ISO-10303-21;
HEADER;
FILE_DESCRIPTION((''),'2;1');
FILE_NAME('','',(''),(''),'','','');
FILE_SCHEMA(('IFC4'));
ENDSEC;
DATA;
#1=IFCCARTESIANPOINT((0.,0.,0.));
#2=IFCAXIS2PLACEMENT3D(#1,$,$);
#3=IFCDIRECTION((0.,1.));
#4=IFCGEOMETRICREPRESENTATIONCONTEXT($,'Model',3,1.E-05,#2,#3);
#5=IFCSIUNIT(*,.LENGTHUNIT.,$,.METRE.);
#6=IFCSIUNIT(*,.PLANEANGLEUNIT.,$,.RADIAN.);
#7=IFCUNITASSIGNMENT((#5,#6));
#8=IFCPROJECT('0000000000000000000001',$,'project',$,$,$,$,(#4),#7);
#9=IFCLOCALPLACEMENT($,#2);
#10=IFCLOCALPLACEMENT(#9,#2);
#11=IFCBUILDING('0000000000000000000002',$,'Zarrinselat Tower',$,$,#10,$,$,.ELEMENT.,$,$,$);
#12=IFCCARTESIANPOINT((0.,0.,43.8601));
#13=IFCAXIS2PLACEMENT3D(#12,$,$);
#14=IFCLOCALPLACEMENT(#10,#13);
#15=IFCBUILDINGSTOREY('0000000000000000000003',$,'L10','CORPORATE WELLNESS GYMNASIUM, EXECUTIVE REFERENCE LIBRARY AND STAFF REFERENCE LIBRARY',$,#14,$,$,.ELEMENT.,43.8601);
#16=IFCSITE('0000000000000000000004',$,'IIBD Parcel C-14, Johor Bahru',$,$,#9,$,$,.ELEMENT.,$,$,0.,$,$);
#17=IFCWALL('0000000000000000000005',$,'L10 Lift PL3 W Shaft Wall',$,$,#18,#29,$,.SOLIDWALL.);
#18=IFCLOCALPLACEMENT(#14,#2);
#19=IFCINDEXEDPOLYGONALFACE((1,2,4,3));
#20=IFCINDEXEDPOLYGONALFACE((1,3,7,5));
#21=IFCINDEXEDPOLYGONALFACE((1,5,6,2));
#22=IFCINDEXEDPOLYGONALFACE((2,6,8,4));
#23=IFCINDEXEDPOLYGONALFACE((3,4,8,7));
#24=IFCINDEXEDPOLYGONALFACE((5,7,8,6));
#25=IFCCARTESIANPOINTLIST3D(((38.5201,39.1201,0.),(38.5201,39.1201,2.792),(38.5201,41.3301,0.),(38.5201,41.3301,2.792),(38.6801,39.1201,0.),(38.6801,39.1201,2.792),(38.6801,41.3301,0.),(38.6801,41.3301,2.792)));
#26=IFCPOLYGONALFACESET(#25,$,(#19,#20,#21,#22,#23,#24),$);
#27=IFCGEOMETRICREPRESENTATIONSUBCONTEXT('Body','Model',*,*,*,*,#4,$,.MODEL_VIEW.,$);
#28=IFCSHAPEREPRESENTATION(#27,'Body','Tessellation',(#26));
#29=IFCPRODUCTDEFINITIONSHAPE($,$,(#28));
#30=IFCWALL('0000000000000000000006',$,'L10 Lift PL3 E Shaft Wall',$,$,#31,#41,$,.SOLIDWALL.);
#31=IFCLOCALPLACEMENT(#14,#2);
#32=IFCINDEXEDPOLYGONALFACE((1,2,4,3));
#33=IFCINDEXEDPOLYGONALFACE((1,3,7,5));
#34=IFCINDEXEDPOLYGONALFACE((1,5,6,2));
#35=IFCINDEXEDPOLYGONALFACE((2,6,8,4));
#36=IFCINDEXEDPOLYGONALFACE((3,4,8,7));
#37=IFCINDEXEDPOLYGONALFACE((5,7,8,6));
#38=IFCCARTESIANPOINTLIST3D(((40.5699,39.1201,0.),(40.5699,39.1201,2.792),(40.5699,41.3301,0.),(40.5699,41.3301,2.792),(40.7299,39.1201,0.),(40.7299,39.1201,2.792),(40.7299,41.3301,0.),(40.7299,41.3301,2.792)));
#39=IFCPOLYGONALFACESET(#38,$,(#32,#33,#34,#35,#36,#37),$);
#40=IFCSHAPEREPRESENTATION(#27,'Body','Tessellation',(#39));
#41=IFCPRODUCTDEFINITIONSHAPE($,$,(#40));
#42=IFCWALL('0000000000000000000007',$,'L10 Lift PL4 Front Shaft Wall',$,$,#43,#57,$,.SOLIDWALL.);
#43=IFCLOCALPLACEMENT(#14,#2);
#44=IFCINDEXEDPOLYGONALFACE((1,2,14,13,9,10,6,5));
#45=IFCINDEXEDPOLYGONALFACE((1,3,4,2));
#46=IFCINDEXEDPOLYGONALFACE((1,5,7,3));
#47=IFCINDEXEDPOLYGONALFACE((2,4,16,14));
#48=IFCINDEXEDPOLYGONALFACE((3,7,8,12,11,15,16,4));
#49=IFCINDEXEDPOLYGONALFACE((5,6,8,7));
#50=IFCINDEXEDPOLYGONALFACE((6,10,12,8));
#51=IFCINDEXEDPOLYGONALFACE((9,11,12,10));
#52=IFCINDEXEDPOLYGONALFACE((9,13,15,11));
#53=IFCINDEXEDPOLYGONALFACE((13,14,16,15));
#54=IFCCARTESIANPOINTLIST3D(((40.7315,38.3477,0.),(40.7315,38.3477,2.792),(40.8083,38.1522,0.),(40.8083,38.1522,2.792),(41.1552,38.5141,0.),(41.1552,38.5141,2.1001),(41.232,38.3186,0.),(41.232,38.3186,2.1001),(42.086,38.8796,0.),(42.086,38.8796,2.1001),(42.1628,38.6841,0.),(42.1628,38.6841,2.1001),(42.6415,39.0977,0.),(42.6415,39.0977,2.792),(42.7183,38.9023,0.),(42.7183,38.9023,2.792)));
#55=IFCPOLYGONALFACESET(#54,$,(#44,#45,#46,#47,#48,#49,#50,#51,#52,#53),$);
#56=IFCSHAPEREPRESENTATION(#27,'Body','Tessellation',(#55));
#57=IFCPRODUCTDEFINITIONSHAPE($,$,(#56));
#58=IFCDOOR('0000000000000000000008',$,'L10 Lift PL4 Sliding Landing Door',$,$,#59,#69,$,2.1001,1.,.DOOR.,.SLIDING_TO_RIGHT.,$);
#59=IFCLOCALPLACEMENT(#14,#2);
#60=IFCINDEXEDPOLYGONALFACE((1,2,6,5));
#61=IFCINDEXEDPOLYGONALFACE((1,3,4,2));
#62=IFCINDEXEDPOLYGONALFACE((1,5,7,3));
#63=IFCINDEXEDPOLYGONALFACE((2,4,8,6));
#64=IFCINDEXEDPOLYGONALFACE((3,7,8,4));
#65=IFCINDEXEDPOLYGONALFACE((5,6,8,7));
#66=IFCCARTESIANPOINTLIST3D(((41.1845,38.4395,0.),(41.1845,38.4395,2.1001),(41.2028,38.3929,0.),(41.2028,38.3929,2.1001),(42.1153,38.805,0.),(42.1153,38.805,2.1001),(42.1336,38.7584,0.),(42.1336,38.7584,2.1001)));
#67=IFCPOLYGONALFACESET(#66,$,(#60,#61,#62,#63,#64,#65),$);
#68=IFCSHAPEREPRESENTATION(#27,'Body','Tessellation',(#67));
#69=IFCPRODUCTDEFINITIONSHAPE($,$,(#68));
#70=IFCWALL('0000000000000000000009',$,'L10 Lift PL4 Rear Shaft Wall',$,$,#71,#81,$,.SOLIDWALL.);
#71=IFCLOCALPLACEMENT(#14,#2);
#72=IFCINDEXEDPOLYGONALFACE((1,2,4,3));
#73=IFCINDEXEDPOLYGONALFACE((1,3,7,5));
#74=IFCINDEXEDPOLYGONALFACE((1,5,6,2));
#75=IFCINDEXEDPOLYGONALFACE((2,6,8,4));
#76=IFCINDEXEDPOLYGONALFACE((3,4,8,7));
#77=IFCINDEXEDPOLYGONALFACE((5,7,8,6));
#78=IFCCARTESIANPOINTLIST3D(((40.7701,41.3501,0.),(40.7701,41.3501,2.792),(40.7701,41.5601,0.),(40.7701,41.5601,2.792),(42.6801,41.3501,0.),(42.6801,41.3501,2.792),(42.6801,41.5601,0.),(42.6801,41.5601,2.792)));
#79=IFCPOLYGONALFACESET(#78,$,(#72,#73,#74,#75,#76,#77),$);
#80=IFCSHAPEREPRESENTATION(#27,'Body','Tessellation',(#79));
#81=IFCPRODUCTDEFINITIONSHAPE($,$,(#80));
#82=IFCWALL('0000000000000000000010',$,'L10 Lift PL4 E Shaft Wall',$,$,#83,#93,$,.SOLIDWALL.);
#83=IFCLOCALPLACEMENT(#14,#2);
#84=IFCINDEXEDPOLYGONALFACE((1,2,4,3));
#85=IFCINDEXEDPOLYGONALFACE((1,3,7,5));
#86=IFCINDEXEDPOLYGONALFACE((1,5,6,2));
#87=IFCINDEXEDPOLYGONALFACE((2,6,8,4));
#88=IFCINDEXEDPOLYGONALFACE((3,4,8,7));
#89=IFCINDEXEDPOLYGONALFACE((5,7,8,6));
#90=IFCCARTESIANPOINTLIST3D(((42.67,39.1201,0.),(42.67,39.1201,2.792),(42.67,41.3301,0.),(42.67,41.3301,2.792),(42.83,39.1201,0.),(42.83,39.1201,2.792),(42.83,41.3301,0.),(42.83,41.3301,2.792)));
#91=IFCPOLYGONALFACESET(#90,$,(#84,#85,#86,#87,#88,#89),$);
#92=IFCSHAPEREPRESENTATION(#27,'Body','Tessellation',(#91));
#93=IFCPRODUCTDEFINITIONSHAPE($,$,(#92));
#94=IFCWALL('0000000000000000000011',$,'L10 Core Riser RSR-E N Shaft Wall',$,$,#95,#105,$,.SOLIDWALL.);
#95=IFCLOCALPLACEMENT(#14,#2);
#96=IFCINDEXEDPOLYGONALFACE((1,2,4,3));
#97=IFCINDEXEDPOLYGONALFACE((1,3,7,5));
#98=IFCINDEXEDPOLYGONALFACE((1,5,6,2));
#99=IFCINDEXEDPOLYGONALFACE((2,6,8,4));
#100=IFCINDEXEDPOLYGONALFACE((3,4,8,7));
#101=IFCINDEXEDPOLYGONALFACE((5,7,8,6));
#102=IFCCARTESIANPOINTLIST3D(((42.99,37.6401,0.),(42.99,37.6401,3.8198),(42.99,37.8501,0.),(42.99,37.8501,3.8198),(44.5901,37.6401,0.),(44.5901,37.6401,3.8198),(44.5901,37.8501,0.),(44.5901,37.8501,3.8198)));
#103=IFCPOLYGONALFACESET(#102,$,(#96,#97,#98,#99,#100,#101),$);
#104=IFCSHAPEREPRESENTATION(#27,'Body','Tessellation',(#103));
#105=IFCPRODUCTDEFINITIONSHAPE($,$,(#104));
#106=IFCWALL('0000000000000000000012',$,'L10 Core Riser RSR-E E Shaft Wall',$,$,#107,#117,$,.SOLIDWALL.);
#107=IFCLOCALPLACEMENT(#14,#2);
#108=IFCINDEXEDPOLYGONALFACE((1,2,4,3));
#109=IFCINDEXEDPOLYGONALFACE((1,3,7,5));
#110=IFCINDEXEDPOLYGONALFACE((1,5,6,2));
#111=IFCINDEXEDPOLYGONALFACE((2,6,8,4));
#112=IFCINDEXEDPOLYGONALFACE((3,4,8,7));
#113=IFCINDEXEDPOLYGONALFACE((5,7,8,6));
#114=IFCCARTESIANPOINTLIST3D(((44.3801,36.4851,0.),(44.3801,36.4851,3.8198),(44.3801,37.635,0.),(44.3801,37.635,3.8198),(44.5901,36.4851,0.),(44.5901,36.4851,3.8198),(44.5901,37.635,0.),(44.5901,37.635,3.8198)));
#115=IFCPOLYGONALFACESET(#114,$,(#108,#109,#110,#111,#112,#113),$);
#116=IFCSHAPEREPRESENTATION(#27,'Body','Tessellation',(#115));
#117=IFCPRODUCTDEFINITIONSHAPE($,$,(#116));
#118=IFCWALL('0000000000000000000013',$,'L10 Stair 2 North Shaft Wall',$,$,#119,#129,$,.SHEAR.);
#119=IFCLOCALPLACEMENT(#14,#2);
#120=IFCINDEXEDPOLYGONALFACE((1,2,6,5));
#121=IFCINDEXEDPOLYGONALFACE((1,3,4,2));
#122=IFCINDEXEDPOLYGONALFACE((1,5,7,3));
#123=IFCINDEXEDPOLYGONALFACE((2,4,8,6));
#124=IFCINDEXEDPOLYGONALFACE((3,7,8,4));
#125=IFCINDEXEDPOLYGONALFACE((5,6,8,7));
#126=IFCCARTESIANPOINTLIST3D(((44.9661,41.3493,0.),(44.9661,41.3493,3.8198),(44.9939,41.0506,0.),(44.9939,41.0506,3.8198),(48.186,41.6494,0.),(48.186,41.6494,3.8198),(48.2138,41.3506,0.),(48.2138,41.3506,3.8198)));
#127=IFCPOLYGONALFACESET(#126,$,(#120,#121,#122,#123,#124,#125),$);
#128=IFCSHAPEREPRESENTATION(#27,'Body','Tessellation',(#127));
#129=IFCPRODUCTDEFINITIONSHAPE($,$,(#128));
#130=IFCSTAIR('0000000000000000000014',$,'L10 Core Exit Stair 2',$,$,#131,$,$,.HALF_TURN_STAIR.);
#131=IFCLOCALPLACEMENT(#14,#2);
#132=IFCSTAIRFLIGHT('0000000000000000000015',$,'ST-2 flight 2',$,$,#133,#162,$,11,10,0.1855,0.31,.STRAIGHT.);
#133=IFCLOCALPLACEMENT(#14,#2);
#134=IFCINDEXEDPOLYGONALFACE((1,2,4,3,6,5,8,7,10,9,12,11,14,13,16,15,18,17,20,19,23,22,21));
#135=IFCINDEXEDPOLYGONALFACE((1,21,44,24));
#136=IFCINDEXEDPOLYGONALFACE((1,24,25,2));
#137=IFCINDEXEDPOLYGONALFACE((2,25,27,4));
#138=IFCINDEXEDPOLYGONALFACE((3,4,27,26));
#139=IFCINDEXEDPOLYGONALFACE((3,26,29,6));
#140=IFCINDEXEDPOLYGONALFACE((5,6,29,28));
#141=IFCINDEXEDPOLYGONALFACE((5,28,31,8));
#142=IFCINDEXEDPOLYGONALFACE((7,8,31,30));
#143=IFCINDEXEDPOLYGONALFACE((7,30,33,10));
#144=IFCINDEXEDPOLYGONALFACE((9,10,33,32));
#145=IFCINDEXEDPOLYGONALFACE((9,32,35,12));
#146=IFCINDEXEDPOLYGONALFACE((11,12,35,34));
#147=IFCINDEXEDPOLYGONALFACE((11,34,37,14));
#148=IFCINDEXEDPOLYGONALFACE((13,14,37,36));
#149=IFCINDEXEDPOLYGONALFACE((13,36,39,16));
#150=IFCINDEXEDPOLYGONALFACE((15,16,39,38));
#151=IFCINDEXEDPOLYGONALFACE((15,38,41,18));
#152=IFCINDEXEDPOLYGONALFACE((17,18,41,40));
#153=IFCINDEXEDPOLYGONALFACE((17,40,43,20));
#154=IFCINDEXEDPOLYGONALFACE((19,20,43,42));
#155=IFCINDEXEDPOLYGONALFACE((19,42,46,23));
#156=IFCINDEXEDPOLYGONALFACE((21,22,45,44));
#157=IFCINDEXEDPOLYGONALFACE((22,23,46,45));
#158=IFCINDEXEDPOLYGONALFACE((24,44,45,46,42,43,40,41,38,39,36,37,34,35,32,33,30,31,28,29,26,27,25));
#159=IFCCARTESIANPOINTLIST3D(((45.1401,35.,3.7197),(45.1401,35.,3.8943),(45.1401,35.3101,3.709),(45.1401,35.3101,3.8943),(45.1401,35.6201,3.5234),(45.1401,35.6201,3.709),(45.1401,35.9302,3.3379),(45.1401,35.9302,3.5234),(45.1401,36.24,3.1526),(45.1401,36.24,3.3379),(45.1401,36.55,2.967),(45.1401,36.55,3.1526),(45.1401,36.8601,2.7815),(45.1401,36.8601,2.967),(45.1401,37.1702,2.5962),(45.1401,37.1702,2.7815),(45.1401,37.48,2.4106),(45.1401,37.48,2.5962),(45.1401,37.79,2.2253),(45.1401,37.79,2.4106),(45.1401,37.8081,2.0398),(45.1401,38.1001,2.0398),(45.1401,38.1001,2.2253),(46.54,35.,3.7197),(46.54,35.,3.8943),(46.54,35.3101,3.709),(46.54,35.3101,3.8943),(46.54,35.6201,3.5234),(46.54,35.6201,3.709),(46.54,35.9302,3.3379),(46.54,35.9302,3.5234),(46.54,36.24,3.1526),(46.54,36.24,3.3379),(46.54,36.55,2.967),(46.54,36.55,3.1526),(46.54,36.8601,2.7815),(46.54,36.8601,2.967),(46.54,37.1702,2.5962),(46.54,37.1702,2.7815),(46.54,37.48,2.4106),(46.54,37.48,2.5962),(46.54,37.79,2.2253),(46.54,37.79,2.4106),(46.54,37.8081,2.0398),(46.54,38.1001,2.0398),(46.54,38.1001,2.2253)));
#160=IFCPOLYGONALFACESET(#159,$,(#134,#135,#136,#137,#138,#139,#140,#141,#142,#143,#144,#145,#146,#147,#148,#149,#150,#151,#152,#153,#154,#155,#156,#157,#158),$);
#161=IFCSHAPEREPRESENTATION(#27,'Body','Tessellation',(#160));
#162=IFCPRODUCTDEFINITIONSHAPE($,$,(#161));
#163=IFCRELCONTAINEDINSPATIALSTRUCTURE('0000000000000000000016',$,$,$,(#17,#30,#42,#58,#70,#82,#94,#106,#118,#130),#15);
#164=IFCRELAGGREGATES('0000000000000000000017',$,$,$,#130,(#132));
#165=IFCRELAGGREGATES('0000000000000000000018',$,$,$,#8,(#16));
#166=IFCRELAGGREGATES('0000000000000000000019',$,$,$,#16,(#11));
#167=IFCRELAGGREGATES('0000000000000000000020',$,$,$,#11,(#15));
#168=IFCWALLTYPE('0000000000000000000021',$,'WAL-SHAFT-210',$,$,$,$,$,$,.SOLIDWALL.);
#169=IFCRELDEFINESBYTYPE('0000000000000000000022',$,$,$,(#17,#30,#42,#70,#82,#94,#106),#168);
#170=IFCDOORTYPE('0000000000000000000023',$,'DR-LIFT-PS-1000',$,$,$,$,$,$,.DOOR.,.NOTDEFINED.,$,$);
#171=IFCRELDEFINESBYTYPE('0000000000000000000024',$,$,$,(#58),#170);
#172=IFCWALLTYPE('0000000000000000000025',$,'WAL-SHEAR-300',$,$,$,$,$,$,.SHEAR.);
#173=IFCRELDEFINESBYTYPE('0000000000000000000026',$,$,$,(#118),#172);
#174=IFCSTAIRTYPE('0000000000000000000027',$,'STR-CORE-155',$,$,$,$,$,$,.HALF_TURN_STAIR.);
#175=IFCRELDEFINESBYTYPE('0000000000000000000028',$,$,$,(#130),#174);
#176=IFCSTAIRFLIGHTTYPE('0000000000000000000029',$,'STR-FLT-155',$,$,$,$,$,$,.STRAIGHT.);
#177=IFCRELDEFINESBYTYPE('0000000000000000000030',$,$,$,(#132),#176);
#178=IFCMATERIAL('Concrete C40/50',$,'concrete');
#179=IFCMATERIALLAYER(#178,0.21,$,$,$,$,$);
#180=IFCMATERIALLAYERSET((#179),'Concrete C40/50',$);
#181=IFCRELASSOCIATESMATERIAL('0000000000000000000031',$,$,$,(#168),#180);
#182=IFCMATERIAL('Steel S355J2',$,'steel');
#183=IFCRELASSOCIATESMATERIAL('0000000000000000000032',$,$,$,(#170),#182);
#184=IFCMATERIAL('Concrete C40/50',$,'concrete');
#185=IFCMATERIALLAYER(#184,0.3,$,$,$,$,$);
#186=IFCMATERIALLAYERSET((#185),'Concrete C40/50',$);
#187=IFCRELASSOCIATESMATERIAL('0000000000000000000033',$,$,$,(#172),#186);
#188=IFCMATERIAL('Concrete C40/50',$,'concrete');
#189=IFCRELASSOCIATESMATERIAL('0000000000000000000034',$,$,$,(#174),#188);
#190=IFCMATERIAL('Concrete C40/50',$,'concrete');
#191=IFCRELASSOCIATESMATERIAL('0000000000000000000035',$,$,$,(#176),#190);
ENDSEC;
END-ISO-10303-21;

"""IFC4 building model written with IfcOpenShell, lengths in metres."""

from ifc_helpers import new_model, si_unit, direction, frame, frame_2d, origin, place, context, subcontext, project, spatial, polyline, rectangle, outline, extrude, material, layer, layer_set, type_object, element, fill, aggregate, save


model = new_model("IFC4")

# Units and contexts
model_context = context("Model", 3, precision=1e-05, world=origin(), true_north=direction((0.0, 1.0)))
body_context = subcontext(model_context, "Body", "Model", "MODEL_VIEW")
ifc_project = project(units=[si_unit("LENGTHUNIT", "METRE"), si_unit("PLANEANGLEUNIT", "RADIAN")], contexts=[model_context])

# Site, building, storey
site_placement = place(None, origin())
site = spatial("IfcSite", under=ifc_project, at=site_placement, Name="IIBD Parcel C-14, Johor Bahru", CompositionType="ELEMENT", RefElevation=0.0)
building_placement = place(site_placement, origin())
building = spatial("IfcBuilding", under=site, at=building_placement, Name="Zarrinselat Tower", CompositionType="ELEMENT")
storey_placement = place(building_placement, frame((0.0, 0.0, 43.8601)))
storey = spatial("IfcBuildingStorey", under=building, at=storey_placement, Name="L10", Description="CORPORATE WELLNESS GYMNASIUM, EXECUTIVE REFERENCE LIBRARY AND STAFF REFERENCE LIBRARY", CompositionType="ELEMENT", Elevation=43.8601)

# Shared definitions
ifc_material_1 = material(Name="Concrete C40/50", Category="concrete")
ifc_layer_1 = layer(ifc_material_1, 0.21)
ifc_layer_set_1 = layer_set([ifc_layer_1], Name="Concrete C40/50")
wall_type_1 = type_object("IfcWallType", Name="WAL-SHAFT-210", PredefinedType="SOLIDWALL", material=ifc_layer_set_1)

# Shared definitions
ifc_material_2 = material(Name="Steel S355J2", Category="steel")
door_type_1 = type_object("IfcDoorType", Name="DR-LIFT-PS-1000", OperationType="NOTDEFINED", PredefinedType="DOOR", material=ifc_material_2)

# Walls
for number, where, z_axis, x_axis, name in (
    (1, (38.6001, 39.1201, 0.0), (0.0, 0.0, 1.0), (0.0, 1.0, 0.0), "L10 Lift PL3 W Shaft Wall"),
    (2, (40.6499, 39.1201, 0.0), (0.0, 0.0, 1.0), (0.0, 1.0, 0.0), "L10 Lift PL3 E Shaft Wall"),
):
    element("IfcWall", number, at=place(storey_placement, frame(where, z_axis=z_axis, x_axis=x_axis)), inside=storey, type_object=wall_type_1, Name=name, PredefinedType="SOLIDWALL", context=body_context, shape_type="SweptSolid", body=[
        extrude(rectangle(XDim=2.21, YDim=0.1599, at=frame_2d((1.105, 0.0))), origin(), (0.0, 0.0, 1.0), 2.792),
    ])

# Wall, opening, door
wall_1_placement = place(storey_placement, frame((40.77, 38.25, 0.0), z_axis=(0.0, 0.0, 1.0), x_axis=(0.930805, 0.365516, 0.0)))
wall_1 = element("IfcWall", 3, at=wall_1_placement, inside=storey, type_object=wall_type_1, Name="L10 Lift PL4 Front Shaft Wall", PredefinedType="SOLIDWALL", context=body_context, shape_type="SweptSolid", body=[
    extrude(rectangle(XDim=2.052, YDim=0.21, at=frame_2d((1.0259, 0.0))), origin(), (0.0, 0.0, 1.0), 2.792),
])
opening_1_placement = place(wall_1_placement, frame((0.4551, 0.0, 0.0)))
opening_1 = element("IfcOpeningElement", 4, at=opening_1_placement, cuts=wall_1, PredefinedType="OPENING", context=body_context, shape_type="SweptSolid", body=[
    extrude(rectangle(XDim=1.0, YDim=2.1001, at=frame_2d((0.5, 1.05))), frame((0.0, 0.115, 0.0), z_axis=(0.0, -1.0, 0.0), x_axis=(1.0, 0.0, 0.0)), (0.0, 0.0, 1.0), 0.23),
])
door_1_placement = place(opening_1_placement, origin())
door_1 = element("IfcDoor", 5, at=door_1_placement, inside=storey, type_object=door_type_1, Name="L10 Lift PL4 Sliding Landing Door", OperationType="SLIDING_TO_RIGHT", OverallHeight=2.1001, OverallWidth=1.0, PredefinedType="DOOR", context=body_context, shape_type="SweptSolid", body=[
    extrude(rectangle(XDim=1.0, YDim=2.1001, at=frame_2d((0.5, 1.05))), frame((0.0, 0.0249, 0.0), z_axis=(0.0, -1.0, 0.0), x_axis=(1.0, 0.0, 0.0)), (0.0, 0.0, 1.0), 0.05),
])
fill(opening_1, door_1)

# Walls
wall_2_placement = place(storey_placement, frame((40.77, 41.4551, 0.0), z_axis=(0.0, 0.0, 1.0), x_axis=(1.0, 0.0, 0.0)))
element("IfcWall", 6, at=wall_2_placement, inside=storey, type_object=wall_type_1, Name="L10 Lift PL4 Rear Shaft Wall", PredefinedType="SOLIDWALL", context=body_context, shape_type="SweptSolid", body=[
    extrude(rectangle(XDim=1.9099, YDim=0.21, at=frame_2d((0.9551, 0.0))), origin(), (0.0, 0.0, 1.0), 2.792),
])
wall_3_placement = place(storey_placement, frame((42.75, 39.1201, 0.0), z_axis=(0.0, 0.0, 1.0), x_axis=(0.0, 1.0, 0.0)))
element("IfcWall", 7, at=wall_3_placement, inside=storey, type_object=wall_type_1, Name="L10 Lift PL4 E Shaft Wall", PredefinedType="SOLIDWALL", context=body_context, shape_type="SweptSolid", body=[
    extrude(rectangle(XDim=2.21, YDim=0.1599, at=frame_2d((1.105, 0.0))), origin(), (0.0, 0.0, 1.0), 2.792),
])
wall_4_placement = place(storey_placement, frame((42.99, 37.7451, 0.0), z_axis=(0.0, 0.0, 1.0), x_axis=(1.0, 0.0, 0.0)))
element("IfcWall", 8, at=wall_4_placement, inside=storey, type_object=wall_type_1, Name="L10 Core Riser RSR-E N Shaft Wall", PredefinedType="SOLIDWALL", context=body_context, shape_type="SweptSolid", body=[
    extrude(rectangle(XDim=1.6001, YDim=0.21, at=frame_2d((0.8, 0.0))), origin(), (0.0, 0.0, 1.0), 3.8198),
])
wall_5_placement = place(storey_placement, frame((44.4851, 36.4851, 0.0), z_axis=(0.0, 0.0, 1.0), x_axis=(0.0, 1.0, 0.0)))
element("IfcWall", 9, at=wall_5_placement, inside=storey, type_object=wall_type_1, Name="L10 Core Riser RSR-E E Shaft Wall", PredefinedType="SOLIDWALL", context=body_context, shape_type="SweptSolid", body=[
    extrude(rectangle(XDim=1.1499, YDim=0.21, at=frame_2d((0.575, 0.0))), origin(), (0.0, 0.0, 1.0), 3.8198),
])
ifc_material_3 = material(Name="Concrete C40/50", Category="concrete")
ifc_layer_2 = layer(ifc_material_3, 0.3)
ifc_layer_set_2 = layer_set([ifc_layer_2], Name="Concrete C40/50")
wall_type_2 = type_object("IfcWallType", Name="WAL-SHEAR-300", PredefinedType="SHEAR", material=ifc_layer_set_2)
wall_6_placement = place(storey_placement, frame((44.98, 41.2, 0.0), z_axis=(0.0, 0.0, 1.0), x_axis=(0.995686, 0.092782, 0.0)))
element("IfcWall", 10, at=wall_6_placement, inside=storey, type_object=wall_type_2, Name="L10 Stair 2 North Shaft Wall", PredefinedType="SHEAR", context=body_context, shape_type="SweptSolid", body=[
    extrude(rectangle(XDim=3.2339, YDim=0.3, at=frame_2d((1.6169, 0.0))), origin(), (0.0, 0.0, 1.0), 3.8198),
])

# Stair, stair flight
ifc_material_4 = material(Name="Concrete C40/50", Category="concrete")
stair_type = type_object("IfcStairType", Name="STR-CORE-155", PredefinedType="HALF_TURN_STAIR", material=ifc_material_4)
stair_placement = place(storey_placement, origin())
stair = element("IfcStair", 11, at=stair_placement, inside=storey, type_object=stair_type, Name="L10 Core Exit Stair 2", PredefinedType="HALF_TURN_STAIR")
ifc_material_5 = material(Name="Concrete C40/50", Category="concrete")
stair_flight_type = type_object("IfcStairFlightType", Name="STR-FLT-155", PredefinedType="STRAIGHT", material=ifc_material_5)
stair_flight_placement = place(storey_placement, frame((45.8401, 38.1001, 2.0398), z_axis=(0.0, 0.0, 1.0), x_axis=(0.0, -1.0, 0.0)))
stair_flight = element("IfcStairFlight", 12, at=stair_flight_placement, type_object=stair_flight_type, Name="ST-2 flight 2", NumberOfRisers=11, NumberOfTreads=10, PredefinedType="STRAIGHT", RiserHeight=0.1855, TreadLength=0.31, context=body_context, shape_type="SweptSolid", body=[
    extrude(outline(polyline([(0.0, 0.0), (0.0, 0.1855), (0.3101, 0.1855), (0.3101, 0.3708), (0.6201, 0.3708), (0.6201, 0.5564), (0.9299, 0.5564), (0.9299, 0.7417), (1.24, 0.7417), (1.24, 0.9272), (1.55, 0.9272), (1.55, 1.1128), (1.8601, 1.1128), (1.8601, 1.2981), (2.1699, 1.2981), (2.1699, 1.4836), (2.48, 1.4836), (2.48, 1.6692), (2.79, 1.6692), (2.79, 1.8545), (3.1001, 1.8545), (3.1001, 2.04), (3.1001, 1.6799), (0.292, 0.0), (0.0, 0.0)])), frame((0.0, 0.7, 0.0), z_axis=(0.0, -1.0, 0.0), x_axis=(1.0, 0.0, 0.0)), (0.0, 0.0, 1.0), 1.3999),
])
aggregate(stair, [stair_flight])

save(model, "model.ifc")
